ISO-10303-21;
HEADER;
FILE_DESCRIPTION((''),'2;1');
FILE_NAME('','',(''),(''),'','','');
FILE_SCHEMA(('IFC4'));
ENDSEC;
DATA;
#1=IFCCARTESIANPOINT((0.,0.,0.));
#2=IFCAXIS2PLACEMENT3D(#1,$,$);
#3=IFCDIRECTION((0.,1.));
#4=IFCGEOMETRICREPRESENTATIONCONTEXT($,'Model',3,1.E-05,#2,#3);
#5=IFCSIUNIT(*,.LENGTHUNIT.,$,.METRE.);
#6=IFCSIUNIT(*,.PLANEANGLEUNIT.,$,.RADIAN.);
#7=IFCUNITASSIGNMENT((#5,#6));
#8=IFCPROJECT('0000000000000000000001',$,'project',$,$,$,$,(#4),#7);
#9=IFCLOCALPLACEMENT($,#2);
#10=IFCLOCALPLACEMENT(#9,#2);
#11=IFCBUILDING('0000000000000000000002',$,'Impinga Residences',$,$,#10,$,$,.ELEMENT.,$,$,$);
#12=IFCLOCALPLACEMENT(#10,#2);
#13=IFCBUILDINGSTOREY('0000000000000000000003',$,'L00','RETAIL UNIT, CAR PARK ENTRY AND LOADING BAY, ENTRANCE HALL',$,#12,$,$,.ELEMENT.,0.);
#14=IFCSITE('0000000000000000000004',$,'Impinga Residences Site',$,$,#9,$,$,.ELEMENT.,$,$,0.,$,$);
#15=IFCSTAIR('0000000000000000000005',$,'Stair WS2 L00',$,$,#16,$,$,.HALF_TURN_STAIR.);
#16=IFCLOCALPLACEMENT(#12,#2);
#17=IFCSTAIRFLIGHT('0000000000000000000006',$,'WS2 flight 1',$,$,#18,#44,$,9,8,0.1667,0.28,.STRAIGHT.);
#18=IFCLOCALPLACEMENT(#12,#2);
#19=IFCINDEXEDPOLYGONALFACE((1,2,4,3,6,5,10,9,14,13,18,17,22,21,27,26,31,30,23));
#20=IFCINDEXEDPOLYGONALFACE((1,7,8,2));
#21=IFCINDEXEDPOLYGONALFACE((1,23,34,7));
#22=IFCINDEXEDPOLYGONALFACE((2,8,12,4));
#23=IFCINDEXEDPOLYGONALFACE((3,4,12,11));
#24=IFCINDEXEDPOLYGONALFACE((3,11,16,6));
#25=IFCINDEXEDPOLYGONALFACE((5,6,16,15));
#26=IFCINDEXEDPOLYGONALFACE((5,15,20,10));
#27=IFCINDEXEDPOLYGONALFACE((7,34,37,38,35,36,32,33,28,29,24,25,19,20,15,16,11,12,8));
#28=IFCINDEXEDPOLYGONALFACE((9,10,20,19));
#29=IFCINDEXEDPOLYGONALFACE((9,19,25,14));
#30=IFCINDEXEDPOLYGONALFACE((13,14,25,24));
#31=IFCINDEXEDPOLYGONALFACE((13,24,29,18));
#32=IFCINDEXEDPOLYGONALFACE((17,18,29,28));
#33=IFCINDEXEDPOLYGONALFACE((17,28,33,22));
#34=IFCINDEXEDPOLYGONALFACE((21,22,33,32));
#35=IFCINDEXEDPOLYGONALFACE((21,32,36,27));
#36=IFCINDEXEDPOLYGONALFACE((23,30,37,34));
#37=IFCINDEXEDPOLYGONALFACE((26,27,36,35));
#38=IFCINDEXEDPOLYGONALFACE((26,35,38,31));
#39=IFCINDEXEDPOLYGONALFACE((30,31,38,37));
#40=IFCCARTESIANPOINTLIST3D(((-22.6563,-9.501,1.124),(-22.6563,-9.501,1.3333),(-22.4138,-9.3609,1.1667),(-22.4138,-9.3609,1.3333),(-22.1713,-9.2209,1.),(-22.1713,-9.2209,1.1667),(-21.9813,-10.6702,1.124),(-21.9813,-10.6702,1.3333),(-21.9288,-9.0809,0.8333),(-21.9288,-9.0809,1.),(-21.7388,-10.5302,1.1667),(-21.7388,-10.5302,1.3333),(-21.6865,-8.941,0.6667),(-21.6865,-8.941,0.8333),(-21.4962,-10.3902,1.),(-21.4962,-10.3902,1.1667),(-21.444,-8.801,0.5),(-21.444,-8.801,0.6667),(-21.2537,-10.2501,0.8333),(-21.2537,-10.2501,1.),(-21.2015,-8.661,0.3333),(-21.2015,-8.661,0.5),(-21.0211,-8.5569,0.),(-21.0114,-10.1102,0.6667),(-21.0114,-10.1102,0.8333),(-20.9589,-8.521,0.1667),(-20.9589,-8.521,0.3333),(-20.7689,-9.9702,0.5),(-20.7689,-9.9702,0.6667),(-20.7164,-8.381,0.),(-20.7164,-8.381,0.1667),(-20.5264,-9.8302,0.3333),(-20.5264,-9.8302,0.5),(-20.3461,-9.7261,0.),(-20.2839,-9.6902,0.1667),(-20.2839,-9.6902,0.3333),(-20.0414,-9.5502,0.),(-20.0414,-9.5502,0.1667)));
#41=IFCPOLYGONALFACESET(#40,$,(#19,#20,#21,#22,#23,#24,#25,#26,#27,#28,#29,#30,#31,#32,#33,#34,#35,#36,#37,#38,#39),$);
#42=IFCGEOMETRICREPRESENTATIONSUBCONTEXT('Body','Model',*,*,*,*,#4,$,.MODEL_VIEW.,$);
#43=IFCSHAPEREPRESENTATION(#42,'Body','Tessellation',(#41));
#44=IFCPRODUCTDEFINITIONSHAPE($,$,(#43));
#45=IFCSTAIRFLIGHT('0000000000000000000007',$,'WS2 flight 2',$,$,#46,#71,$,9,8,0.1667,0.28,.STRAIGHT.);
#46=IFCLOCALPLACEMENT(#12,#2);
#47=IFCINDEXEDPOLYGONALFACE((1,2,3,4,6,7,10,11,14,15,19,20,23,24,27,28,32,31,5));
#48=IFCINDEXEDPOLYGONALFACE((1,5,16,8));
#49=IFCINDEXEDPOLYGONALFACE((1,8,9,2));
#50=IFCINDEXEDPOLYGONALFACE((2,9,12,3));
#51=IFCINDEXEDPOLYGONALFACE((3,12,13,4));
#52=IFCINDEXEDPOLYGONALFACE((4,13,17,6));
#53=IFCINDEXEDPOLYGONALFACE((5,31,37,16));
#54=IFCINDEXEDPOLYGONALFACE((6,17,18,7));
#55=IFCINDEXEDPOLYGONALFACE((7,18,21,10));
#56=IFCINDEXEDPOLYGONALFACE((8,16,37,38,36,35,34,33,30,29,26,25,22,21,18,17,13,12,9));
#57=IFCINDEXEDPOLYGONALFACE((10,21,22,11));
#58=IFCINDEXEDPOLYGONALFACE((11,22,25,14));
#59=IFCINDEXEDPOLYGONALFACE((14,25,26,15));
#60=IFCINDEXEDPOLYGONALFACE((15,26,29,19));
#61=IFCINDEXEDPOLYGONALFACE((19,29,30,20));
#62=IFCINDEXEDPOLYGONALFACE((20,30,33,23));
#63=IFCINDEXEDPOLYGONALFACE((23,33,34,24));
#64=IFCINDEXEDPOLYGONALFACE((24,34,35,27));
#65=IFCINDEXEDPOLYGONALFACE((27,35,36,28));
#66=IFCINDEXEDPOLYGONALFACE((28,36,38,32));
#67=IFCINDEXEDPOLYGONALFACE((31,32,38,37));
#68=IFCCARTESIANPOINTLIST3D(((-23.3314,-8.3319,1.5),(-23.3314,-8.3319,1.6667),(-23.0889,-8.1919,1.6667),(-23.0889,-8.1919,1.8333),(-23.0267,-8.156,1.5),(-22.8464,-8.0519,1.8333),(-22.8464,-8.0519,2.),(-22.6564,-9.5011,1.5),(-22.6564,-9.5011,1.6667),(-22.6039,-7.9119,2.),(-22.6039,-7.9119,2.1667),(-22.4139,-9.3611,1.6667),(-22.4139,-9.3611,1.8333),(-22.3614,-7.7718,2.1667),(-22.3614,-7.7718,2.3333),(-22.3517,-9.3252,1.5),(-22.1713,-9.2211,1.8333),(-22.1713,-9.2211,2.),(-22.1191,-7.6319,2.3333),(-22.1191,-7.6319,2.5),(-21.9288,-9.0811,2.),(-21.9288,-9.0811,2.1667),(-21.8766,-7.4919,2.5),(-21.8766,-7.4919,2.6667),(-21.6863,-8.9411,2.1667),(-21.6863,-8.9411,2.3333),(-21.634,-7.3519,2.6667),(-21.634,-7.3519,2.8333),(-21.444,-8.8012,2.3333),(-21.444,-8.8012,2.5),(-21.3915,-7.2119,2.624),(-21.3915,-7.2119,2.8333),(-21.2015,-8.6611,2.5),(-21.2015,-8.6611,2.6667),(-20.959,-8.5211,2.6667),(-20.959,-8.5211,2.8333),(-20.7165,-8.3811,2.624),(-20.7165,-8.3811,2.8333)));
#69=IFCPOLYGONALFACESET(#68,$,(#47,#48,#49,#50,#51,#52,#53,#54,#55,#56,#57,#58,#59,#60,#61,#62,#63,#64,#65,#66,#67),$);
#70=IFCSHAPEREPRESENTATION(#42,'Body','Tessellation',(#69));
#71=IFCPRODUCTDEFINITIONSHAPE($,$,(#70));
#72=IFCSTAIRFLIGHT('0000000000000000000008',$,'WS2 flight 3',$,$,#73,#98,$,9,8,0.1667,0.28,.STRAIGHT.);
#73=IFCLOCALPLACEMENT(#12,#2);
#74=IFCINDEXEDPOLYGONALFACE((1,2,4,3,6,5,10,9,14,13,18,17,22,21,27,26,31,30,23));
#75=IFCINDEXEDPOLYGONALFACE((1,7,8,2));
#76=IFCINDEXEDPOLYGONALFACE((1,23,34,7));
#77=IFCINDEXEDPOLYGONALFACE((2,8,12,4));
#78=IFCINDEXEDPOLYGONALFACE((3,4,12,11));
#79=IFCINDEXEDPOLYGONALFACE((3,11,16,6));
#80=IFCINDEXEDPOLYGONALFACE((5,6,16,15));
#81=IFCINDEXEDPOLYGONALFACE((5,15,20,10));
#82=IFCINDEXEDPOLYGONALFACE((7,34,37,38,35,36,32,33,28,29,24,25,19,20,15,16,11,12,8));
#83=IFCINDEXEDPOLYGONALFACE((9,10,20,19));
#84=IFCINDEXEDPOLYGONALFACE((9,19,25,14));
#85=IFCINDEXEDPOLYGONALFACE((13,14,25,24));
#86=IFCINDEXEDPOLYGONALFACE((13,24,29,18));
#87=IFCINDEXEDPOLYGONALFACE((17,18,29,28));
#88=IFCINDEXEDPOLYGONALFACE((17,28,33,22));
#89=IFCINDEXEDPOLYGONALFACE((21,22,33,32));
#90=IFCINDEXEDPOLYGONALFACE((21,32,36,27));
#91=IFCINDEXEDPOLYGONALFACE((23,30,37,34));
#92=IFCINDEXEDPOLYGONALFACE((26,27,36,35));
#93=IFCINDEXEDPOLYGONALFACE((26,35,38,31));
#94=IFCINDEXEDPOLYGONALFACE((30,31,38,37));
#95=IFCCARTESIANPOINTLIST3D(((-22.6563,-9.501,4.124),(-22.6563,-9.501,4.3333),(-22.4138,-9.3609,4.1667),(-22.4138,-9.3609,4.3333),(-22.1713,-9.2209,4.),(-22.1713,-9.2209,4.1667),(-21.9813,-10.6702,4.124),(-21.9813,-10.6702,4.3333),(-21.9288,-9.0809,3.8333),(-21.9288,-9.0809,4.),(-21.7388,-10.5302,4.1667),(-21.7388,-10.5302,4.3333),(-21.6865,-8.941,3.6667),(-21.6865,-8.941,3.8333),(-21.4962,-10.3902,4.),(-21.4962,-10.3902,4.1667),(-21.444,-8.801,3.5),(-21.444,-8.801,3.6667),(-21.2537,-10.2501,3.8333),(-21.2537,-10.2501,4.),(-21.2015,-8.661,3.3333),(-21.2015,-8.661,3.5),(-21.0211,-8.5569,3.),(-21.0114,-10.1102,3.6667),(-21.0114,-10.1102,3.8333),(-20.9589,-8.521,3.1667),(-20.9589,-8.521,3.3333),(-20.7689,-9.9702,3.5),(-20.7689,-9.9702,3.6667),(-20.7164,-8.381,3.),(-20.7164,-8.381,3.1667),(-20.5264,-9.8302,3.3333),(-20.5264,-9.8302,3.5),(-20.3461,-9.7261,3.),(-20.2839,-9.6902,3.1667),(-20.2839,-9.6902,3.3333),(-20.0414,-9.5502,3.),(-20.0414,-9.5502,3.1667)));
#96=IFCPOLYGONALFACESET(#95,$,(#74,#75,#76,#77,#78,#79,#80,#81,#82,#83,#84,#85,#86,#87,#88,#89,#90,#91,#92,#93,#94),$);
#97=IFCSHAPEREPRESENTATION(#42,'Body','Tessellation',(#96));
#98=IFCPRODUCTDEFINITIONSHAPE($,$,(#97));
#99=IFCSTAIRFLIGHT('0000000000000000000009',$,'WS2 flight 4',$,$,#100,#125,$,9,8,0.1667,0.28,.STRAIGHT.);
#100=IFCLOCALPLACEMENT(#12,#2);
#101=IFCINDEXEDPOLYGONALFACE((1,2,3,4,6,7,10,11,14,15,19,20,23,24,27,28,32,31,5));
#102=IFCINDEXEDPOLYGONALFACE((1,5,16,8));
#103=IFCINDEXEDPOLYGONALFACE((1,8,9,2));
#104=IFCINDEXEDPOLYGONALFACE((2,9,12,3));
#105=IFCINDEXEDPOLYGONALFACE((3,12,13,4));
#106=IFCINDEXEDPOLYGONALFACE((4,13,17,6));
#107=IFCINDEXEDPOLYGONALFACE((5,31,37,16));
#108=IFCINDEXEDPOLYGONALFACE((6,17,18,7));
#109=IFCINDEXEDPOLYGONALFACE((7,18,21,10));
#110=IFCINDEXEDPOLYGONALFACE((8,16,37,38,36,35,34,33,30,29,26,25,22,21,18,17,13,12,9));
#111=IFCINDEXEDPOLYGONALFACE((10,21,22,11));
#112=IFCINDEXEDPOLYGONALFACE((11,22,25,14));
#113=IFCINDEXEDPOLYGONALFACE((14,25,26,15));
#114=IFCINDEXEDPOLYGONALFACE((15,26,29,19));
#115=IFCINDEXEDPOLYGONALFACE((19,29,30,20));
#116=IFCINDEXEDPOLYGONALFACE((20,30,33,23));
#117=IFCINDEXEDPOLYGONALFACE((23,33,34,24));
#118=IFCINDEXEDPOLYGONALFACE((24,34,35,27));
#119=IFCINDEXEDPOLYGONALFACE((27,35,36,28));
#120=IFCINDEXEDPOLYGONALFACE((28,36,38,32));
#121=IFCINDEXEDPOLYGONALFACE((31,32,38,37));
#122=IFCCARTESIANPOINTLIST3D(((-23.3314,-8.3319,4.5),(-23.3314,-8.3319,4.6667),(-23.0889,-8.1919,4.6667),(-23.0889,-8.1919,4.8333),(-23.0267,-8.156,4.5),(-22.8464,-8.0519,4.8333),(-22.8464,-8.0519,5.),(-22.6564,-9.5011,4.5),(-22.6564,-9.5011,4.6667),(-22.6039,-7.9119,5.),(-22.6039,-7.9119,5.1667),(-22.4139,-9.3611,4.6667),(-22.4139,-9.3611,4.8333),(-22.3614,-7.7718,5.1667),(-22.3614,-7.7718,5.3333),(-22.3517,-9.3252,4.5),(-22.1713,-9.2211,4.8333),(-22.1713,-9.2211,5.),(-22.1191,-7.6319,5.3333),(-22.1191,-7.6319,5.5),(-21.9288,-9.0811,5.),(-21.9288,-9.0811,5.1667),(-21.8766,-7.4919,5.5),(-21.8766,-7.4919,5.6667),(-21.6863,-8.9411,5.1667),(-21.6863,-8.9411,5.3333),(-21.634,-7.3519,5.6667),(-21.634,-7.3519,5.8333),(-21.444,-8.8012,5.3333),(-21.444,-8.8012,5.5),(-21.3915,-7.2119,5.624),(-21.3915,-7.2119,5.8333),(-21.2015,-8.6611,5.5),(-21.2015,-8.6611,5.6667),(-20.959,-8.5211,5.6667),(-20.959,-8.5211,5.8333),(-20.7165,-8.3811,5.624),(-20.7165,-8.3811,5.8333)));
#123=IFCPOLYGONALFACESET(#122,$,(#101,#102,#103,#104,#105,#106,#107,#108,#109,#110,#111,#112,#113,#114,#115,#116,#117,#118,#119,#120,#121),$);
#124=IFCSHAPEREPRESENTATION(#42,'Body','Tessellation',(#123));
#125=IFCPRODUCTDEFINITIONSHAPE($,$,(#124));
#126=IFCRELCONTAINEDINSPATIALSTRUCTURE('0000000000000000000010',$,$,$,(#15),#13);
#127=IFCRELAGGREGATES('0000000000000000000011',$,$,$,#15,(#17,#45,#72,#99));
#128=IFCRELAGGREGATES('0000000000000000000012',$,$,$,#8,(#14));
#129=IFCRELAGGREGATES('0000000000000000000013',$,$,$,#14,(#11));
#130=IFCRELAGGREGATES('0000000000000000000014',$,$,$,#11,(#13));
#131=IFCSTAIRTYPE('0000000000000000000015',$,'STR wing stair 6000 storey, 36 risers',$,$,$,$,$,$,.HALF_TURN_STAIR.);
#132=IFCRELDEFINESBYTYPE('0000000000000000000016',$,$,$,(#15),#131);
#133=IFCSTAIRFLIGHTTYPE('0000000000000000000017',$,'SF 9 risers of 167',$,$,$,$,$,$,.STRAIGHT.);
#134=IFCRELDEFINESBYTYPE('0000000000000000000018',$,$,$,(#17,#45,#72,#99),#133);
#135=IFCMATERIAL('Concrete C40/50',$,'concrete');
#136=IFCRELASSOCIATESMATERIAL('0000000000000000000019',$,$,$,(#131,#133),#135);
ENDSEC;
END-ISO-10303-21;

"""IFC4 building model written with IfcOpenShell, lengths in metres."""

from ifc_helpers import new_model, si_unit, direction, frame, origin, place, context, subcontext, project, spatial, polyline, outline, extrude, material, type_object, element, aggregate, save


model = new_model("IFC4")

# Units and contexts
model_context = context("Model", 3, precision=1e-05, world=origin(), true_north=direction((0.0, 1.0)))
body_context = subcontext(model_context, "Body", "Model", "MODEL_VIEW")
ifc_project = project(units=[si_unit("LENGTHUNIT", "METRE"), si_unit("PLANEANGLEUNIT", "RADIAN")], contexts=[model_context])

# Site, building, storey
site_placement = place(None, origin())
site = spatial("IfcSite", under=ifc_project, at=site_placement, Name="Impinga Residences Site", CompositionType="ELEMENT", RefElevation=0.0)
building_placement = place(site_placement, origin())
building = spatial("IfcBuilding", under=site, at=building_placement, Name="Impinga Residences", CompositionType="ELEMENT")
storey_placement = place(building_placement, origin())
storey = spatial("IfcBuildingStorey", under=building, at=storey_placement, Name="L00", Description="RETAIL UNIT, CAR PARK ENTRY AND LOADING BAY, ENTRANCE HALL", CompositionType="ELEMENT", Elevation=0.0)

# Stair, stair flights
ifc_material_1 = material(Name="Concrete C40/50", Category="concrete")
stair_type = type_object("IfcStairType", Name="STR wing stair 6000 storey, 36 risers", PredefinedType="HALF_TURN_STAIR", material=ifc_material_1)
stair_placement = place(storey_placement, origin())
stair = element("IfcStair", 1, at=stair_placement, inside=storey, type_object=stair_type, Name="Stair WS2 L00", PredefinedType="HALF_TURN_STAIR")
stair_flight_type = type_object("IfcStairFlightType", Name="SF 9 risers of 167", PredefinedType="STRAIGHT", material=ifc_material_1)
stair_flight_1_placement = place(storey_placement, frame((-20.3789, -8.9656, 0.0), z_axis=(0.0, 0.0, 1.0), x_axis=(-0.866025, -0.5, 0.0)))
stair_flight_1 = element("IfcStairFlight", 2, at=stair_flight_1_placement, type_object=stair_flight_type, Name="WS2 flight 1", NumberOfRisers=9, NumberOfTreads=8, PredefinedType="STRAIGHT", RiserHeight=0.1667, TreadLength=0.28, context=body_context, shape_type="SweptSolid", body=[
    extrude(outline(polyline([(0.0, 0.0), (0.0, 0.1667), (0.28, 0.1667), (0.28, 0.3333), (0.5601, 0.3333), (0.5601, 0.5), (0.8401, 0.5), (0.8401, 0.6667), (1.1201, 0.6667), (1.1201, 0.8333), (1.3999, 0.8333), (1.3999, 1.0), (1.6799, 1.0), (1.6799, 1.1667), (1.96, 1.1667), (1.96, 1.3333), (2.24, 1.3333), (2.24, 1.5), (2.24, 1.124), (0.3518, 0.0), (0.0, 0.0)])), frame((0.0, 0.675, 0.0), z_axis=(0.0, -1.0, 0.0), x_axis=(1.0, 0.0, 0.0)), (0.0, 0.0, 1.0), 1.3501),
])
stair_flight_2_placement = place(storey_placement, frame((-22.9939, -8.9165, 1.5), z_axis=(0.0, 0.0, 1.0), x_axis=(0.866025, 0.5, 0.0)))
stair_flight_2 = element("IfcStairFlight", 3, at=stair_flight_2_placement, type_object=stair_flight_type, Name="WS2 flight 2", NumberOfRisers=9, NumberOfTreads=8, PredefinedType="STRAIGHT", RiserHeight=0.1667, TreadLength=0.28, context=body_context, shape_type="SweptSolid", body=[
    extrude(outline(polyline([(0.0, 0.0), (0.0, 0.1667), (0.28, 0.1667), (0.28, 0.3333), (0.5601, 0.3333), (0.5601, 0.5), (0.8401, 0.5), (0.8401, 0.6667), (1.1201, 0.6667), (1.1201, 0.8333), (1.3999, 0.8333), (1.3999, 1.0), (1.6799, 1.0), (1.6799, 1.1667), (1.96, 1.1667), (1.96, 1.3333), (2.24, 1.3333), (2.24, 1.5), (2.24, 1.124), (0.3518, 0.0), (0.0, 0.0)])), frame((0.0, 0.675, 0.0), z_axis=(0.0, -1.0, 0.0), x_axis=(1.0, 0.0, 0.0)), (0.0, 0.0, 1.0), 1.3501),
])
stair_flight_3_placement = place(storey_placement, frame((-20.3789, -8.9656, 3.0), z_axis=(0.0, 0.0, 1.0), x_axis=(-0.866025, -0.5, 0.0)))
stair_flight_3 = element("IfcStairFlight", 4, at=stair_flight_3_placement, type_object=stair_flight_type, Name="WS2 flight 3", NumberOfRisers=9, NumberOfTreads=8, PredefinedType="STRAIGHT", RiserHeight=0.1667, TreadLength=0.28, context=body_context, shape_type="SweptSolid", body=[
    extrude(outline(polyline([(0.0, 0.0), (0.0, 0.1667), (0.28, 0.1667), (0.28, 0.3333), (0.5601, 0.3333), (0.5601, 0.5), (0.8401, 0.5), (0.8401, 0.6667), (1.1201, 0.6667), (1.1201, 0.8333), (1.3999, 0.8333), (1.3999, 1.0), (1.6799, 1.0), (1.6799, 1.1667), (1.96, 1.1667), (1.96, 1.3333), (2.24, 1.3333), (2.24, 1.5), (2.24, 1.124), (0.3518, 0.0), (0.0, 0.0)])), frame((0.0, 0.675, 0.0), z_axis=(0.0, -1.0, 0.0), x_axis=(1.0, 0.0, 0.0)), (0.0, 0.0, 1.0), 1.3501),
])
stair_flight_4_placement = place(storey_placement, frame((-22.9939, -8.9165, 4.5), z_axis=(0.0, 0.0, 1.0), x_axis=(0.866025, 0.5, 0.0)))
stair_flight_4 = element("IfcStairFlight", 5, at=stair_flight_4_placement, type_object=stair_flight_type, Name="WS2 flight 4", NumberOfRisers=9, NumberOfTreads=8, PredefinedType="STRAIGHT", RiserHeight=0.1667, TreadLength=0.28, context=body_context, shape_type="SweptSolid", body=[
    extrude(outline(polyline([(0.0, 0.0), (0.0, 0.1667), (0.28, 0.1667), (0.28, 0.3333), (0.5601, 0.3333), (0.5601, 0.5), (0.8401, 0.5), (0.8401, 0.6667), (1.1201, 0.6667), (1.1201, 0.8333), (1.3999, 0.8333), (1.3999, 1.0), (1.6799, 1.0), (1.6799, 1.1667), (1.96, 1.1667), (1.96, 1.3333), (2.24, 1.3333), (2.24, 1.5), (2.24, 1.124), (0.3518, 0.0), (0.0, 0.0)])), frame((0.0, 0.675, 0.0), z_axis=(0.0, -1.0, 0.0), x_axis=(1.0, 0.0, 0.0)), (0.0, 0.0, 1.0), 1.3501),
])
aggregate(stair, [stair_flight_1, stair_flight_2, stair_flight_3, stair_flight_4])

save(model, "model.ifc")
